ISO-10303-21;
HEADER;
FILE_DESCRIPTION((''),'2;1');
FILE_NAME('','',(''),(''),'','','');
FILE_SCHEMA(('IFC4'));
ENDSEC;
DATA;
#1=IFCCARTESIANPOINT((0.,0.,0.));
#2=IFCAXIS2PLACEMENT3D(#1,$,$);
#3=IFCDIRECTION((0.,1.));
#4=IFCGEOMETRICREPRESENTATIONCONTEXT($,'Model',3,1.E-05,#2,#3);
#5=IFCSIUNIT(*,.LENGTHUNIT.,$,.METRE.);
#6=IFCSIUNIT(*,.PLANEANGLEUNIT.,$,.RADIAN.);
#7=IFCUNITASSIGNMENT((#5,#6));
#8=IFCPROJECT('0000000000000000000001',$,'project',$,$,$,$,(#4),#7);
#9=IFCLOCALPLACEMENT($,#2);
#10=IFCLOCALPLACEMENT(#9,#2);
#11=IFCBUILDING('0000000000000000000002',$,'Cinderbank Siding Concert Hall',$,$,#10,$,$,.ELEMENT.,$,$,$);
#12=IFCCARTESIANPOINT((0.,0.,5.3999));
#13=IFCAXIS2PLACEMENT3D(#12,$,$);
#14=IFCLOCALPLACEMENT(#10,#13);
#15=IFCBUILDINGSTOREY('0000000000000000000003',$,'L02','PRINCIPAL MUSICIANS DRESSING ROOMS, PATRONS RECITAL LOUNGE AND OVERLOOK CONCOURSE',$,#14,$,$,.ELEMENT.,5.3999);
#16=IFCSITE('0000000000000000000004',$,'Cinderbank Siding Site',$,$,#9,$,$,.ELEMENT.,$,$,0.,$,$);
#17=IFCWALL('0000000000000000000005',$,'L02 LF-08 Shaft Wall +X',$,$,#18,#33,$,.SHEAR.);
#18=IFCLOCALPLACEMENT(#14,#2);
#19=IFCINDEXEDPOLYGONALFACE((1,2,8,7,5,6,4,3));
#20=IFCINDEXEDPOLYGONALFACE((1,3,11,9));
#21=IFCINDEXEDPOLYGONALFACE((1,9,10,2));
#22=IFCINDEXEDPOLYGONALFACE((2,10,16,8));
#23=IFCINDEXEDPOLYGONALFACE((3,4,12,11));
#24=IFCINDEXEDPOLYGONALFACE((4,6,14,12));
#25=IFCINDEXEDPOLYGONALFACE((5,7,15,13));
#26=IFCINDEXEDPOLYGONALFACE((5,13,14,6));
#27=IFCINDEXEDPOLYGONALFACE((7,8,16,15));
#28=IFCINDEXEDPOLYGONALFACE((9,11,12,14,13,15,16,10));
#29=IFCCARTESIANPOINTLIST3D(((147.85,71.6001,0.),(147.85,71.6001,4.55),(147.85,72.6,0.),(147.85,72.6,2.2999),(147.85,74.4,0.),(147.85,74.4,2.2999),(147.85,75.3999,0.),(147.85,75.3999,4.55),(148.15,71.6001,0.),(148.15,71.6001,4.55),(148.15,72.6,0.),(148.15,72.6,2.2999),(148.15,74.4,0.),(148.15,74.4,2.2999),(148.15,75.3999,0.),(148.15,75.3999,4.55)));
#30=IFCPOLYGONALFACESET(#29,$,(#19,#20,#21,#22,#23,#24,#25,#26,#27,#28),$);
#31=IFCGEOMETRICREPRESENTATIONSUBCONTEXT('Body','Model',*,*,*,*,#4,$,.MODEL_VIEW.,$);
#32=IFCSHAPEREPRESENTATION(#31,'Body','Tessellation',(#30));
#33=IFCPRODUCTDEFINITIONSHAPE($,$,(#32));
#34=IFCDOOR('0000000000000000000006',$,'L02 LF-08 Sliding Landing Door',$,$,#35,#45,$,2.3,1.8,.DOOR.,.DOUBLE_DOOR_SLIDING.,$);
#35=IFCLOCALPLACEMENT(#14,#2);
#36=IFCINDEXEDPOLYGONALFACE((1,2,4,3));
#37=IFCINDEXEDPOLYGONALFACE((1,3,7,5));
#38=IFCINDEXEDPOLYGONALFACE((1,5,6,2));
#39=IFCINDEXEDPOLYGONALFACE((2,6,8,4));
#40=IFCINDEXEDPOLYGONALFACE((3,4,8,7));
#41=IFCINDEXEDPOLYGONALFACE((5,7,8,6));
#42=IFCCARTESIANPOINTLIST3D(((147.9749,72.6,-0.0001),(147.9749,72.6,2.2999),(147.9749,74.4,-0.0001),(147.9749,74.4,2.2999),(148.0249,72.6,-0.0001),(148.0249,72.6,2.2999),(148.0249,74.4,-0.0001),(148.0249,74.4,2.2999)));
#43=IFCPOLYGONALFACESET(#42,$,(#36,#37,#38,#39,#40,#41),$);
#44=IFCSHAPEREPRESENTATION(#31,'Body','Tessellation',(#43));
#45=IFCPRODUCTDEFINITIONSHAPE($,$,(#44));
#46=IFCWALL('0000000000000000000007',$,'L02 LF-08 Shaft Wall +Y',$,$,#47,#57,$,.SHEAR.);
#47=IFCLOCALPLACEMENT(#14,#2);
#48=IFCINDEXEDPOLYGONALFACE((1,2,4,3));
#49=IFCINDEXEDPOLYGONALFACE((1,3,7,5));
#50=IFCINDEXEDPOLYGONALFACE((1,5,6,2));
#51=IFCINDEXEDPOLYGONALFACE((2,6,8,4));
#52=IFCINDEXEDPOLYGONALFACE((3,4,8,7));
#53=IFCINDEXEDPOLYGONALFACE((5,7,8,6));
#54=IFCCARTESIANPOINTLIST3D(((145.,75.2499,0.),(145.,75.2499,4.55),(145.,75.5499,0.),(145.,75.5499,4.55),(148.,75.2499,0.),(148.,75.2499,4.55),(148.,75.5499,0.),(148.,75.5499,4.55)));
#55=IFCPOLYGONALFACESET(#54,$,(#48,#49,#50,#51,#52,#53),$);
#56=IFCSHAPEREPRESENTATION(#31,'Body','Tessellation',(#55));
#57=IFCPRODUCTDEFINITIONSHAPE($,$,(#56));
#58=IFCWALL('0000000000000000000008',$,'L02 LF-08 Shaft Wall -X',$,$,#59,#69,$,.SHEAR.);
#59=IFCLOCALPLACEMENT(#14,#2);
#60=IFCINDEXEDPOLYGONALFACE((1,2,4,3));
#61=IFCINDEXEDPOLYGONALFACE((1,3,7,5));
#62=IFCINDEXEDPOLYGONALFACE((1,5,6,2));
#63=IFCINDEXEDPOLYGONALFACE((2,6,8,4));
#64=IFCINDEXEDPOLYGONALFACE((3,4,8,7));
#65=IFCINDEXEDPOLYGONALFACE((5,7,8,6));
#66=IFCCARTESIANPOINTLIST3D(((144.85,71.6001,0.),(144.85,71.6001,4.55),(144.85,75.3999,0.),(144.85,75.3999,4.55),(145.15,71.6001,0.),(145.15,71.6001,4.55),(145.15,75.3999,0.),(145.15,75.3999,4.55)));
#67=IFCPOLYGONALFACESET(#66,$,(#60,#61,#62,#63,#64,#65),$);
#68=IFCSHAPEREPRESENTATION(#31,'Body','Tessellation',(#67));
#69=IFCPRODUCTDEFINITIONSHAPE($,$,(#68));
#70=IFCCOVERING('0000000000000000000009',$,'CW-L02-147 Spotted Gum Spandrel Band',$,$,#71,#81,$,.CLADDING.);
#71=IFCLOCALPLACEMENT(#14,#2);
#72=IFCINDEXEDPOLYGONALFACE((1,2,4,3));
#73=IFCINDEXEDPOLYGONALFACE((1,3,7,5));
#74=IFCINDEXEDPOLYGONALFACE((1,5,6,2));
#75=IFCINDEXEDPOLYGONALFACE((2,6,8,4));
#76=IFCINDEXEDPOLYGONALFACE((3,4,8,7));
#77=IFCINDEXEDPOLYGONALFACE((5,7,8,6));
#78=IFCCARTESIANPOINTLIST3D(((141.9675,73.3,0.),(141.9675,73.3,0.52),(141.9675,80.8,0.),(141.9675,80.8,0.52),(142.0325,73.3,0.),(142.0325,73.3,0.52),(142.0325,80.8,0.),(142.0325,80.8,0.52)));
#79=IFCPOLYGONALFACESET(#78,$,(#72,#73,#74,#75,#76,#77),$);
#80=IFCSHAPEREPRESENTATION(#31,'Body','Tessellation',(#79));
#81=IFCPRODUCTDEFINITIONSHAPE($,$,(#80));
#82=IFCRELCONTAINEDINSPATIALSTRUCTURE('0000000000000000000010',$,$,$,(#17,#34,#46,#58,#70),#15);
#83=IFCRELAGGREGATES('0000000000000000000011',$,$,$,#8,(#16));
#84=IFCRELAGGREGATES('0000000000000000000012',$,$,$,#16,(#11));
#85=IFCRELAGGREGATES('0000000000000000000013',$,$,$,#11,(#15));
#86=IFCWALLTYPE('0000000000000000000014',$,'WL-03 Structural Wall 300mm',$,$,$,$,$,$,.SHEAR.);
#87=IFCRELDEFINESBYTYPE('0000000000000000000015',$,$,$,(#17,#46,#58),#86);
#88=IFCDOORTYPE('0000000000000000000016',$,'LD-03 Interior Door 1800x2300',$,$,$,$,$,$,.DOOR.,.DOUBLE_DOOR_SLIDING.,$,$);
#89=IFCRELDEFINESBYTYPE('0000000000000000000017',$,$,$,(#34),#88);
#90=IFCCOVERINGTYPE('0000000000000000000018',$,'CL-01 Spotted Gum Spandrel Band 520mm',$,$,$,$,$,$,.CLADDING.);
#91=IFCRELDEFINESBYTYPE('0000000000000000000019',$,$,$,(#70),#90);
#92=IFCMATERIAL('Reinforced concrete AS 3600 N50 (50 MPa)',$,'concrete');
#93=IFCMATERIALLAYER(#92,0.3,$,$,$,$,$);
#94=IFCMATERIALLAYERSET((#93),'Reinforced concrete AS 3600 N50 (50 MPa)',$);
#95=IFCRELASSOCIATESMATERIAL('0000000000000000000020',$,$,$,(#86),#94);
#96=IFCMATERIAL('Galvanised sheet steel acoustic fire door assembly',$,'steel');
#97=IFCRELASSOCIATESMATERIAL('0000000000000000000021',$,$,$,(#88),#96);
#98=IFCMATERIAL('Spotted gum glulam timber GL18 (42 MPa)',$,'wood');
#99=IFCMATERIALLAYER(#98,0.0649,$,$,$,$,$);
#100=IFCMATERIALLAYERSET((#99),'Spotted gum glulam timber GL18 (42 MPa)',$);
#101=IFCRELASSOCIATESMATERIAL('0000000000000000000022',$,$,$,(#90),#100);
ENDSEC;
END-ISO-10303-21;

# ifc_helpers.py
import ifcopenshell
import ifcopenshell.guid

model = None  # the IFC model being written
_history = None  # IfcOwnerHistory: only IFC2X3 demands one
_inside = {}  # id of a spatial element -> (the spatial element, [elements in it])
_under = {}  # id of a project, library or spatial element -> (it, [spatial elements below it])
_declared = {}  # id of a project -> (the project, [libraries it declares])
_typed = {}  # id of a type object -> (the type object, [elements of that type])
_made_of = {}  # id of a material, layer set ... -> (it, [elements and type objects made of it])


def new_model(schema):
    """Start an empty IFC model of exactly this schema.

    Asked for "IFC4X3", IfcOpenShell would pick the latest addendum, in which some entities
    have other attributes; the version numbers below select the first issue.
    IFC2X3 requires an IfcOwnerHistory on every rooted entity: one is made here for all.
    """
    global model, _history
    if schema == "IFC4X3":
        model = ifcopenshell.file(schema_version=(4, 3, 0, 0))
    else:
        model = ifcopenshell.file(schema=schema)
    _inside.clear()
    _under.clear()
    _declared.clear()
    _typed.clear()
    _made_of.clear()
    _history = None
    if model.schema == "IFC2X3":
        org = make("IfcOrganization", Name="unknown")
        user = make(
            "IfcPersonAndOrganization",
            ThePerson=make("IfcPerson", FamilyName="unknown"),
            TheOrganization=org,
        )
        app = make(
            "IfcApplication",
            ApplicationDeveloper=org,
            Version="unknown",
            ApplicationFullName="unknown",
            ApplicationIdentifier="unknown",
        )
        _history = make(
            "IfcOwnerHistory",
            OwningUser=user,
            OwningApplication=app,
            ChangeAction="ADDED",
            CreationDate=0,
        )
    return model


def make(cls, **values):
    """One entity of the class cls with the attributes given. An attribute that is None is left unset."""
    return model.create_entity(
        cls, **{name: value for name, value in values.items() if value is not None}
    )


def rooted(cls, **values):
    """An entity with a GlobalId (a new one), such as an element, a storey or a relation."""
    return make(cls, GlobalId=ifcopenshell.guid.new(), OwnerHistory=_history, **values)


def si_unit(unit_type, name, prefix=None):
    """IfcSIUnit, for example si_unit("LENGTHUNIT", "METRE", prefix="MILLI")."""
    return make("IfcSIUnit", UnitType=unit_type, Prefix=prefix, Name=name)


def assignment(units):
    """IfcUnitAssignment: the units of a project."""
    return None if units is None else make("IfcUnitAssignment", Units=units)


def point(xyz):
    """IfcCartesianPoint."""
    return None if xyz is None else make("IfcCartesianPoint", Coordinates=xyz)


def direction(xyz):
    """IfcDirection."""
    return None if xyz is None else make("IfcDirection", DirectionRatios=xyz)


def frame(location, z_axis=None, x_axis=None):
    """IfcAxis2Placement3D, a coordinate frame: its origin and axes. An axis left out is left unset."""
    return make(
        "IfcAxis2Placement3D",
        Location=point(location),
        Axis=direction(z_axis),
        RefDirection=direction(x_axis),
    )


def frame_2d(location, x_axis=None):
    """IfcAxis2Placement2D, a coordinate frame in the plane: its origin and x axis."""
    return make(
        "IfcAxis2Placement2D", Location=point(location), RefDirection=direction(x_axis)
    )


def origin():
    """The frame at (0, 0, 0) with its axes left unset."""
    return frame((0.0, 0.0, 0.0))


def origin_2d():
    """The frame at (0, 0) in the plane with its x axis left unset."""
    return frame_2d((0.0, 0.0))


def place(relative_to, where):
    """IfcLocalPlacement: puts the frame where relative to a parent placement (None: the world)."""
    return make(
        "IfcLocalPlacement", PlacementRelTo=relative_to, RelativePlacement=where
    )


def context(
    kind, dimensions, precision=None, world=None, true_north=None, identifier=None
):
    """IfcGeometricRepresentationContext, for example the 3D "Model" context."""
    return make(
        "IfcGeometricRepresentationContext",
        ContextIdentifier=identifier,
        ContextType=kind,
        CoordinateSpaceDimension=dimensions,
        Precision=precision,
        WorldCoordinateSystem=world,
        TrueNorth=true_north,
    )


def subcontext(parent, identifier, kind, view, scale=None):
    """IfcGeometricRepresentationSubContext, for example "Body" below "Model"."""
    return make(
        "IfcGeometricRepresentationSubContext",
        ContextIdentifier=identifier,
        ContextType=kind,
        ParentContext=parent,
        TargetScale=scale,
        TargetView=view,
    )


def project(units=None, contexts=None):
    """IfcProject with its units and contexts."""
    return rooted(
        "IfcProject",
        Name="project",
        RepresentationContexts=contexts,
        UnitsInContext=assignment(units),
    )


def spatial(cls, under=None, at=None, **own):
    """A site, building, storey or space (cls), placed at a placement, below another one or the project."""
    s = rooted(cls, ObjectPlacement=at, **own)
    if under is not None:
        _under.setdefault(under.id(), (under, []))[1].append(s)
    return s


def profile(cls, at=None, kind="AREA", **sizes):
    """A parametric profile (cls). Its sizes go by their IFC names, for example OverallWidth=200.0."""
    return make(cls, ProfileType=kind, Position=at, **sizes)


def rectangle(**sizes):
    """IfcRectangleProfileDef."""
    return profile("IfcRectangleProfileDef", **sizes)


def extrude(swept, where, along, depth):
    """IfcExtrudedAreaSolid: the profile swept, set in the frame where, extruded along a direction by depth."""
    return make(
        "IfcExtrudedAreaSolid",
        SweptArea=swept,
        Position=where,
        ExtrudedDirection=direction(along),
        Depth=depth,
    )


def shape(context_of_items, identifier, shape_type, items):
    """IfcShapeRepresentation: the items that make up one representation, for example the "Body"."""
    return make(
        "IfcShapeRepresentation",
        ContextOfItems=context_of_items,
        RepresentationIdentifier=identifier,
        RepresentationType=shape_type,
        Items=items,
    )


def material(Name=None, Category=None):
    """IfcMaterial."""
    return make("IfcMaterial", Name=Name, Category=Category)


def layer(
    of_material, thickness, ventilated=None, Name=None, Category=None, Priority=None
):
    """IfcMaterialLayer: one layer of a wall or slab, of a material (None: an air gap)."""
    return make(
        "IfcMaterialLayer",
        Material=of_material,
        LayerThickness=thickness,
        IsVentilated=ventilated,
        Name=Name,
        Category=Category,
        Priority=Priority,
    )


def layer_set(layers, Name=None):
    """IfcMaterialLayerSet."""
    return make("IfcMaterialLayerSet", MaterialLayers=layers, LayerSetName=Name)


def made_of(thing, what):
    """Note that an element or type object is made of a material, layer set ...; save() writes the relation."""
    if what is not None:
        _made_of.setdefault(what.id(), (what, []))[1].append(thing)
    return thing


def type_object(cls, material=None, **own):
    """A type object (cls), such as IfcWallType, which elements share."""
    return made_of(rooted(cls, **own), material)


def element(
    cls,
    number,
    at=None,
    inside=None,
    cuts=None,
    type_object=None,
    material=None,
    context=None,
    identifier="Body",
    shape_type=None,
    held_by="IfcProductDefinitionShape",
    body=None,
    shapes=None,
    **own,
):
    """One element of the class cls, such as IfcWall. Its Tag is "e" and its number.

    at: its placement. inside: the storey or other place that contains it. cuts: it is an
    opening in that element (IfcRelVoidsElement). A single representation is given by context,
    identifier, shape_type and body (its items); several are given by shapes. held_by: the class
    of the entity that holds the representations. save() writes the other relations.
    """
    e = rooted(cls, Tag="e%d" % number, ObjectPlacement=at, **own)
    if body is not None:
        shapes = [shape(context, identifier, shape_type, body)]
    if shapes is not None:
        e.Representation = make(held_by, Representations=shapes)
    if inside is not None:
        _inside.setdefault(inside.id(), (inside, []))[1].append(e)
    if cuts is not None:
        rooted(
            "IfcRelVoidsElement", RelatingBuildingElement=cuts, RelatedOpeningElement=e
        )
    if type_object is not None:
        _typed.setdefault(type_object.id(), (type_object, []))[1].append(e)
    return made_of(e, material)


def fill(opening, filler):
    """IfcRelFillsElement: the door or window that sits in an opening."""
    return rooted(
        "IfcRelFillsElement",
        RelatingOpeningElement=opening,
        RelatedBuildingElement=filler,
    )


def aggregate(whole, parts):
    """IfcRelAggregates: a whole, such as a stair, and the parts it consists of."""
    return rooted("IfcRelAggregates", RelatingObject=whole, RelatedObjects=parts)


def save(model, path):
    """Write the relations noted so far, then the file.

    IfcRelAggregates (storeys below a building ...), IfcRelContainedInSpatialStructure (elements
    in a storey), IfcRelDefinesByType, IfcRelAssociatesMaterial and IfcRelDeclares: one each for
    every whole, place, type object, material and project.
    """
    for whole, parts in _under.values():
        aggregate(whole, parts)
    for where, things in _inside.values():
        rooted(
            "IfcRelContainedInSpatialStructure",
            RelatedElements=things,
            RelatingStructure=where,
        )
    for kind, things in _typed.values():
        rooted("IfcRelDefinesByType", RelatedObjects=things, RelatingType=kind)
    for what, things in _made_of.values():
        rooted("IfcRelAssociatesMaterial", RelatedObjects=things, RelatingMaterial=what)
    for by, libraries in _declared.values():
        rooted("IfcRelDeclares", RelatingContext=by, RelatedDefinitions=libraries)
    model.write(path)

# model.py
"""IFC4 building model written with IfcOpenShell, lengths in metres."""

from ifc_helpers import new_model, si_unit, direction, frame, frame_2d, origin, origin_2d, place, context, subcontext, project, spatial, rectangle, extrude, material, layer, layer_set, type_object, element, fill, save


model = new_model("IFC4")

# Units and contexts
model_context = context("Model", 3, precision=1e-05, world=origin(), true_north=direction((0.0, 1.0)))
body_context = subcontext(model_context, "Body", "Model", "MODEL_VIEW")
ifc_project = project(units=[si_unit("LENGTHUNIT", "METRE"), si_unit("PLANEANGLEUNIT", "RADIAN")], contexts=[model_context])

# Site, building, storey
site_placement = place(None, origin())
site = spatial("IfcSite", under=ifc_project, at=site_placement, Name="Cinderbank Siding Site", CompositionType="ELEMENT", RefElevation=0.0)
building_placement = place(site_placement, origin())
building = spatial("IfcBuilding", under=site, at=building_placement, Name="Cinderbank Siding Concert Hall", CompositionType="ELEMENT")
storey_placement = place(building_placement, frame((0.0, 0.0, 5.3999)))
storey = spatial("IfcBuildingStorey", under=building, at=storey_placement, Name="L02", Description="PRINCIPAL MUSICIANS DRESSING ROOMS, PATRONS RECITAL LOUNGE AND OVERLOOK CONCOURSE", CompositionType="ELEMENT", Elevation=5.3999)

# Shared definitions
ifc_material_1 = material(Name="Reinforced concrete AS 3600 N50 (50 MPa)", Category="concrete")
ifc_layer_1 = layer(ifc_material_1, 0.3)
ifc_layer_set_1 = layer_set([ifc_layer_1], Name="Reinforced concrete AS 3600 N50 (50 MPa)")
wall_type = type_object("IfcWallType", Name="WL-03 Structural Wall 300mm", PredefinedType="SHEAR", material=ifc_layer_set_1)

# Wall, opening, door
wall_1_placement = place(storey_placement, frame((148.0, 75.3999, 0.0), z_axis=(0.0, 0.0, 1.0), x_axis=(0.0, -1.0, 0.0)))
wall_1 = element("IfcWall", 1, at=wall_1_placement, inside=storey, type_object=wall_type, Name="L02 LF-08 Shaft Wall +X", PredefinedType="SHEAR", context=body_context, shape_type="SweptSolid", body=[
    extrude(rectangle(XDim=3.7998, YDim=0.3, at=frame_2d((1.8999, 0.0))), origin(), (0.0, 0.0, 1.0), 4.55),
])
opening_placement = place(wall_1_placement, frame((1.0, 0.0, 0.0)))
opening = element("IfcOpeningElement", 2, at=opening_placement, cuts=wall_1, PredefinedType="OPENING", context=body_context, shape_type="SweptSolid", body=[
    extrude(rectangle(XDim=1.8, YDim=2.3, at=frame_2d((0.8999, 1.1499))), frame((0.0, 0.1621, 0.0), z_axis=(0.0, -1.0, 0.0), x_axis=(1.0, 0.0, 0.0)), (0.0, 0.0, 1.0), 0.324),
])
ifc_material_2 = material(Name="Galvanised sheet steel acoustic fire door assembly", Category="steel")
door_type = type_object("IfcDoorType", Name="LD-03 Interior Door 1800x2300", OperationType="DOUBLE_DOOR_SLIDING", PredefinedType="DOOR", material=ifc_material_2)
door_placement = place(opening_placement, origin())
door = element("IfcDoor", 3, at=door_placement, inside=storey, type_object=door_type, Name="L02 LF-08 Sliding Landing Door", OperationType="DOUBLE_DOOR_SLIDING", OverallHeight=2.3, OverallWidth=1.8, PredefinedType="DOOR", context=body_context, shape_type="SweptSolid", body=[
    extrude(rectangle(XDim=1.8, YDim=2.3, at=frame_2d((0.8999, 1.1499))), frame((0.0, 0.0249, 0.0), z_axis=(0.0, -1.0, 0.0), x_axis=(1.0, 0.0, 0.0)), (0.0, 0.0, 1.0), 0.05),
])
fill(opening, door)

# Walls
wall_2_placement = place(storey_placement, frame((145.0, 75.3999, 0.0), z_axis=(0.0, 0.0, 1.0), x_axis=(1.0, 0.0, 0.0)))
element("IfcWall", 4, at=wall_2_placement, inside=storey, type_object=wall_type, Name="L02 LF-08 Shaft Wall +Y", PredefinedType="SHEAR", context=body_context, shape_type="SweptSolid", body=[
    extrude(rectangle(XDim=3.0, YDim=0.3, at=frame_2d((1.5, 0.0))), origin(), (0.0, 0.0, 1.0), 4.55),
])
wall_3_placement = place(storey_placement, frame((145.0, 71.6001, 0.0), z_axis=(0.0, 0.0, 1.0), x_axis=(0.0, 1.0, 0.0)))
element("IfcWall", 5, at=wall_3_placement, inside=storey, type_object=wall_type, Name="L02 LF-08 Shaft Wall -X", PredefinedType="SHEAR", context=body_context, shape_type="SweptSolid", body=[
    extrude(rectangle(XDim=3.7998, YDim=0.3, at=frame_2d((1.8999, 0.0))), origin(), (0.0, 0.0, 1.0), 4.55),
])

# Covering
ifc_material_3 = material(Name="Spotted gum glulam timber GL18 (42 MPa)", Category="wood")
ifc_layer_2 = layer(ifc_material_3, 0.0649)
ifc_layer_set_2 = layer_set([ifc_layer_2], Name="Spotted gum glulam timber GL18 (42 MPa)")
covering_type = type_object("IfcCoveringType", Name="CL-01 Spotted Gum Spandrel Band 520mm", PredefinedType="CLADDING", material=ifc_layer_set_2)
covering_placement = place(storey_placement, frame((142.0, 77.05, 0.0), z_axis=(0.0, 0.0, 1.0), x_axis=(0.0, 1.0, 0.0)))
element("IfcCovering", 6, at=covering_placement, inside=storey, type_object=covering_type, Name="CW-L02-147 Spotted Gum Spandrel Band", PredefinedType="CLADDING", context=body_context, shape_type="SweptSolid", body=[
    extrude(rectangle(XDim=7.5, YDim=0.0649, at=origin_2d()), origin(), (0.0, 0.0, 1.0), 0.52),
])

save(model, "model.ifc")
